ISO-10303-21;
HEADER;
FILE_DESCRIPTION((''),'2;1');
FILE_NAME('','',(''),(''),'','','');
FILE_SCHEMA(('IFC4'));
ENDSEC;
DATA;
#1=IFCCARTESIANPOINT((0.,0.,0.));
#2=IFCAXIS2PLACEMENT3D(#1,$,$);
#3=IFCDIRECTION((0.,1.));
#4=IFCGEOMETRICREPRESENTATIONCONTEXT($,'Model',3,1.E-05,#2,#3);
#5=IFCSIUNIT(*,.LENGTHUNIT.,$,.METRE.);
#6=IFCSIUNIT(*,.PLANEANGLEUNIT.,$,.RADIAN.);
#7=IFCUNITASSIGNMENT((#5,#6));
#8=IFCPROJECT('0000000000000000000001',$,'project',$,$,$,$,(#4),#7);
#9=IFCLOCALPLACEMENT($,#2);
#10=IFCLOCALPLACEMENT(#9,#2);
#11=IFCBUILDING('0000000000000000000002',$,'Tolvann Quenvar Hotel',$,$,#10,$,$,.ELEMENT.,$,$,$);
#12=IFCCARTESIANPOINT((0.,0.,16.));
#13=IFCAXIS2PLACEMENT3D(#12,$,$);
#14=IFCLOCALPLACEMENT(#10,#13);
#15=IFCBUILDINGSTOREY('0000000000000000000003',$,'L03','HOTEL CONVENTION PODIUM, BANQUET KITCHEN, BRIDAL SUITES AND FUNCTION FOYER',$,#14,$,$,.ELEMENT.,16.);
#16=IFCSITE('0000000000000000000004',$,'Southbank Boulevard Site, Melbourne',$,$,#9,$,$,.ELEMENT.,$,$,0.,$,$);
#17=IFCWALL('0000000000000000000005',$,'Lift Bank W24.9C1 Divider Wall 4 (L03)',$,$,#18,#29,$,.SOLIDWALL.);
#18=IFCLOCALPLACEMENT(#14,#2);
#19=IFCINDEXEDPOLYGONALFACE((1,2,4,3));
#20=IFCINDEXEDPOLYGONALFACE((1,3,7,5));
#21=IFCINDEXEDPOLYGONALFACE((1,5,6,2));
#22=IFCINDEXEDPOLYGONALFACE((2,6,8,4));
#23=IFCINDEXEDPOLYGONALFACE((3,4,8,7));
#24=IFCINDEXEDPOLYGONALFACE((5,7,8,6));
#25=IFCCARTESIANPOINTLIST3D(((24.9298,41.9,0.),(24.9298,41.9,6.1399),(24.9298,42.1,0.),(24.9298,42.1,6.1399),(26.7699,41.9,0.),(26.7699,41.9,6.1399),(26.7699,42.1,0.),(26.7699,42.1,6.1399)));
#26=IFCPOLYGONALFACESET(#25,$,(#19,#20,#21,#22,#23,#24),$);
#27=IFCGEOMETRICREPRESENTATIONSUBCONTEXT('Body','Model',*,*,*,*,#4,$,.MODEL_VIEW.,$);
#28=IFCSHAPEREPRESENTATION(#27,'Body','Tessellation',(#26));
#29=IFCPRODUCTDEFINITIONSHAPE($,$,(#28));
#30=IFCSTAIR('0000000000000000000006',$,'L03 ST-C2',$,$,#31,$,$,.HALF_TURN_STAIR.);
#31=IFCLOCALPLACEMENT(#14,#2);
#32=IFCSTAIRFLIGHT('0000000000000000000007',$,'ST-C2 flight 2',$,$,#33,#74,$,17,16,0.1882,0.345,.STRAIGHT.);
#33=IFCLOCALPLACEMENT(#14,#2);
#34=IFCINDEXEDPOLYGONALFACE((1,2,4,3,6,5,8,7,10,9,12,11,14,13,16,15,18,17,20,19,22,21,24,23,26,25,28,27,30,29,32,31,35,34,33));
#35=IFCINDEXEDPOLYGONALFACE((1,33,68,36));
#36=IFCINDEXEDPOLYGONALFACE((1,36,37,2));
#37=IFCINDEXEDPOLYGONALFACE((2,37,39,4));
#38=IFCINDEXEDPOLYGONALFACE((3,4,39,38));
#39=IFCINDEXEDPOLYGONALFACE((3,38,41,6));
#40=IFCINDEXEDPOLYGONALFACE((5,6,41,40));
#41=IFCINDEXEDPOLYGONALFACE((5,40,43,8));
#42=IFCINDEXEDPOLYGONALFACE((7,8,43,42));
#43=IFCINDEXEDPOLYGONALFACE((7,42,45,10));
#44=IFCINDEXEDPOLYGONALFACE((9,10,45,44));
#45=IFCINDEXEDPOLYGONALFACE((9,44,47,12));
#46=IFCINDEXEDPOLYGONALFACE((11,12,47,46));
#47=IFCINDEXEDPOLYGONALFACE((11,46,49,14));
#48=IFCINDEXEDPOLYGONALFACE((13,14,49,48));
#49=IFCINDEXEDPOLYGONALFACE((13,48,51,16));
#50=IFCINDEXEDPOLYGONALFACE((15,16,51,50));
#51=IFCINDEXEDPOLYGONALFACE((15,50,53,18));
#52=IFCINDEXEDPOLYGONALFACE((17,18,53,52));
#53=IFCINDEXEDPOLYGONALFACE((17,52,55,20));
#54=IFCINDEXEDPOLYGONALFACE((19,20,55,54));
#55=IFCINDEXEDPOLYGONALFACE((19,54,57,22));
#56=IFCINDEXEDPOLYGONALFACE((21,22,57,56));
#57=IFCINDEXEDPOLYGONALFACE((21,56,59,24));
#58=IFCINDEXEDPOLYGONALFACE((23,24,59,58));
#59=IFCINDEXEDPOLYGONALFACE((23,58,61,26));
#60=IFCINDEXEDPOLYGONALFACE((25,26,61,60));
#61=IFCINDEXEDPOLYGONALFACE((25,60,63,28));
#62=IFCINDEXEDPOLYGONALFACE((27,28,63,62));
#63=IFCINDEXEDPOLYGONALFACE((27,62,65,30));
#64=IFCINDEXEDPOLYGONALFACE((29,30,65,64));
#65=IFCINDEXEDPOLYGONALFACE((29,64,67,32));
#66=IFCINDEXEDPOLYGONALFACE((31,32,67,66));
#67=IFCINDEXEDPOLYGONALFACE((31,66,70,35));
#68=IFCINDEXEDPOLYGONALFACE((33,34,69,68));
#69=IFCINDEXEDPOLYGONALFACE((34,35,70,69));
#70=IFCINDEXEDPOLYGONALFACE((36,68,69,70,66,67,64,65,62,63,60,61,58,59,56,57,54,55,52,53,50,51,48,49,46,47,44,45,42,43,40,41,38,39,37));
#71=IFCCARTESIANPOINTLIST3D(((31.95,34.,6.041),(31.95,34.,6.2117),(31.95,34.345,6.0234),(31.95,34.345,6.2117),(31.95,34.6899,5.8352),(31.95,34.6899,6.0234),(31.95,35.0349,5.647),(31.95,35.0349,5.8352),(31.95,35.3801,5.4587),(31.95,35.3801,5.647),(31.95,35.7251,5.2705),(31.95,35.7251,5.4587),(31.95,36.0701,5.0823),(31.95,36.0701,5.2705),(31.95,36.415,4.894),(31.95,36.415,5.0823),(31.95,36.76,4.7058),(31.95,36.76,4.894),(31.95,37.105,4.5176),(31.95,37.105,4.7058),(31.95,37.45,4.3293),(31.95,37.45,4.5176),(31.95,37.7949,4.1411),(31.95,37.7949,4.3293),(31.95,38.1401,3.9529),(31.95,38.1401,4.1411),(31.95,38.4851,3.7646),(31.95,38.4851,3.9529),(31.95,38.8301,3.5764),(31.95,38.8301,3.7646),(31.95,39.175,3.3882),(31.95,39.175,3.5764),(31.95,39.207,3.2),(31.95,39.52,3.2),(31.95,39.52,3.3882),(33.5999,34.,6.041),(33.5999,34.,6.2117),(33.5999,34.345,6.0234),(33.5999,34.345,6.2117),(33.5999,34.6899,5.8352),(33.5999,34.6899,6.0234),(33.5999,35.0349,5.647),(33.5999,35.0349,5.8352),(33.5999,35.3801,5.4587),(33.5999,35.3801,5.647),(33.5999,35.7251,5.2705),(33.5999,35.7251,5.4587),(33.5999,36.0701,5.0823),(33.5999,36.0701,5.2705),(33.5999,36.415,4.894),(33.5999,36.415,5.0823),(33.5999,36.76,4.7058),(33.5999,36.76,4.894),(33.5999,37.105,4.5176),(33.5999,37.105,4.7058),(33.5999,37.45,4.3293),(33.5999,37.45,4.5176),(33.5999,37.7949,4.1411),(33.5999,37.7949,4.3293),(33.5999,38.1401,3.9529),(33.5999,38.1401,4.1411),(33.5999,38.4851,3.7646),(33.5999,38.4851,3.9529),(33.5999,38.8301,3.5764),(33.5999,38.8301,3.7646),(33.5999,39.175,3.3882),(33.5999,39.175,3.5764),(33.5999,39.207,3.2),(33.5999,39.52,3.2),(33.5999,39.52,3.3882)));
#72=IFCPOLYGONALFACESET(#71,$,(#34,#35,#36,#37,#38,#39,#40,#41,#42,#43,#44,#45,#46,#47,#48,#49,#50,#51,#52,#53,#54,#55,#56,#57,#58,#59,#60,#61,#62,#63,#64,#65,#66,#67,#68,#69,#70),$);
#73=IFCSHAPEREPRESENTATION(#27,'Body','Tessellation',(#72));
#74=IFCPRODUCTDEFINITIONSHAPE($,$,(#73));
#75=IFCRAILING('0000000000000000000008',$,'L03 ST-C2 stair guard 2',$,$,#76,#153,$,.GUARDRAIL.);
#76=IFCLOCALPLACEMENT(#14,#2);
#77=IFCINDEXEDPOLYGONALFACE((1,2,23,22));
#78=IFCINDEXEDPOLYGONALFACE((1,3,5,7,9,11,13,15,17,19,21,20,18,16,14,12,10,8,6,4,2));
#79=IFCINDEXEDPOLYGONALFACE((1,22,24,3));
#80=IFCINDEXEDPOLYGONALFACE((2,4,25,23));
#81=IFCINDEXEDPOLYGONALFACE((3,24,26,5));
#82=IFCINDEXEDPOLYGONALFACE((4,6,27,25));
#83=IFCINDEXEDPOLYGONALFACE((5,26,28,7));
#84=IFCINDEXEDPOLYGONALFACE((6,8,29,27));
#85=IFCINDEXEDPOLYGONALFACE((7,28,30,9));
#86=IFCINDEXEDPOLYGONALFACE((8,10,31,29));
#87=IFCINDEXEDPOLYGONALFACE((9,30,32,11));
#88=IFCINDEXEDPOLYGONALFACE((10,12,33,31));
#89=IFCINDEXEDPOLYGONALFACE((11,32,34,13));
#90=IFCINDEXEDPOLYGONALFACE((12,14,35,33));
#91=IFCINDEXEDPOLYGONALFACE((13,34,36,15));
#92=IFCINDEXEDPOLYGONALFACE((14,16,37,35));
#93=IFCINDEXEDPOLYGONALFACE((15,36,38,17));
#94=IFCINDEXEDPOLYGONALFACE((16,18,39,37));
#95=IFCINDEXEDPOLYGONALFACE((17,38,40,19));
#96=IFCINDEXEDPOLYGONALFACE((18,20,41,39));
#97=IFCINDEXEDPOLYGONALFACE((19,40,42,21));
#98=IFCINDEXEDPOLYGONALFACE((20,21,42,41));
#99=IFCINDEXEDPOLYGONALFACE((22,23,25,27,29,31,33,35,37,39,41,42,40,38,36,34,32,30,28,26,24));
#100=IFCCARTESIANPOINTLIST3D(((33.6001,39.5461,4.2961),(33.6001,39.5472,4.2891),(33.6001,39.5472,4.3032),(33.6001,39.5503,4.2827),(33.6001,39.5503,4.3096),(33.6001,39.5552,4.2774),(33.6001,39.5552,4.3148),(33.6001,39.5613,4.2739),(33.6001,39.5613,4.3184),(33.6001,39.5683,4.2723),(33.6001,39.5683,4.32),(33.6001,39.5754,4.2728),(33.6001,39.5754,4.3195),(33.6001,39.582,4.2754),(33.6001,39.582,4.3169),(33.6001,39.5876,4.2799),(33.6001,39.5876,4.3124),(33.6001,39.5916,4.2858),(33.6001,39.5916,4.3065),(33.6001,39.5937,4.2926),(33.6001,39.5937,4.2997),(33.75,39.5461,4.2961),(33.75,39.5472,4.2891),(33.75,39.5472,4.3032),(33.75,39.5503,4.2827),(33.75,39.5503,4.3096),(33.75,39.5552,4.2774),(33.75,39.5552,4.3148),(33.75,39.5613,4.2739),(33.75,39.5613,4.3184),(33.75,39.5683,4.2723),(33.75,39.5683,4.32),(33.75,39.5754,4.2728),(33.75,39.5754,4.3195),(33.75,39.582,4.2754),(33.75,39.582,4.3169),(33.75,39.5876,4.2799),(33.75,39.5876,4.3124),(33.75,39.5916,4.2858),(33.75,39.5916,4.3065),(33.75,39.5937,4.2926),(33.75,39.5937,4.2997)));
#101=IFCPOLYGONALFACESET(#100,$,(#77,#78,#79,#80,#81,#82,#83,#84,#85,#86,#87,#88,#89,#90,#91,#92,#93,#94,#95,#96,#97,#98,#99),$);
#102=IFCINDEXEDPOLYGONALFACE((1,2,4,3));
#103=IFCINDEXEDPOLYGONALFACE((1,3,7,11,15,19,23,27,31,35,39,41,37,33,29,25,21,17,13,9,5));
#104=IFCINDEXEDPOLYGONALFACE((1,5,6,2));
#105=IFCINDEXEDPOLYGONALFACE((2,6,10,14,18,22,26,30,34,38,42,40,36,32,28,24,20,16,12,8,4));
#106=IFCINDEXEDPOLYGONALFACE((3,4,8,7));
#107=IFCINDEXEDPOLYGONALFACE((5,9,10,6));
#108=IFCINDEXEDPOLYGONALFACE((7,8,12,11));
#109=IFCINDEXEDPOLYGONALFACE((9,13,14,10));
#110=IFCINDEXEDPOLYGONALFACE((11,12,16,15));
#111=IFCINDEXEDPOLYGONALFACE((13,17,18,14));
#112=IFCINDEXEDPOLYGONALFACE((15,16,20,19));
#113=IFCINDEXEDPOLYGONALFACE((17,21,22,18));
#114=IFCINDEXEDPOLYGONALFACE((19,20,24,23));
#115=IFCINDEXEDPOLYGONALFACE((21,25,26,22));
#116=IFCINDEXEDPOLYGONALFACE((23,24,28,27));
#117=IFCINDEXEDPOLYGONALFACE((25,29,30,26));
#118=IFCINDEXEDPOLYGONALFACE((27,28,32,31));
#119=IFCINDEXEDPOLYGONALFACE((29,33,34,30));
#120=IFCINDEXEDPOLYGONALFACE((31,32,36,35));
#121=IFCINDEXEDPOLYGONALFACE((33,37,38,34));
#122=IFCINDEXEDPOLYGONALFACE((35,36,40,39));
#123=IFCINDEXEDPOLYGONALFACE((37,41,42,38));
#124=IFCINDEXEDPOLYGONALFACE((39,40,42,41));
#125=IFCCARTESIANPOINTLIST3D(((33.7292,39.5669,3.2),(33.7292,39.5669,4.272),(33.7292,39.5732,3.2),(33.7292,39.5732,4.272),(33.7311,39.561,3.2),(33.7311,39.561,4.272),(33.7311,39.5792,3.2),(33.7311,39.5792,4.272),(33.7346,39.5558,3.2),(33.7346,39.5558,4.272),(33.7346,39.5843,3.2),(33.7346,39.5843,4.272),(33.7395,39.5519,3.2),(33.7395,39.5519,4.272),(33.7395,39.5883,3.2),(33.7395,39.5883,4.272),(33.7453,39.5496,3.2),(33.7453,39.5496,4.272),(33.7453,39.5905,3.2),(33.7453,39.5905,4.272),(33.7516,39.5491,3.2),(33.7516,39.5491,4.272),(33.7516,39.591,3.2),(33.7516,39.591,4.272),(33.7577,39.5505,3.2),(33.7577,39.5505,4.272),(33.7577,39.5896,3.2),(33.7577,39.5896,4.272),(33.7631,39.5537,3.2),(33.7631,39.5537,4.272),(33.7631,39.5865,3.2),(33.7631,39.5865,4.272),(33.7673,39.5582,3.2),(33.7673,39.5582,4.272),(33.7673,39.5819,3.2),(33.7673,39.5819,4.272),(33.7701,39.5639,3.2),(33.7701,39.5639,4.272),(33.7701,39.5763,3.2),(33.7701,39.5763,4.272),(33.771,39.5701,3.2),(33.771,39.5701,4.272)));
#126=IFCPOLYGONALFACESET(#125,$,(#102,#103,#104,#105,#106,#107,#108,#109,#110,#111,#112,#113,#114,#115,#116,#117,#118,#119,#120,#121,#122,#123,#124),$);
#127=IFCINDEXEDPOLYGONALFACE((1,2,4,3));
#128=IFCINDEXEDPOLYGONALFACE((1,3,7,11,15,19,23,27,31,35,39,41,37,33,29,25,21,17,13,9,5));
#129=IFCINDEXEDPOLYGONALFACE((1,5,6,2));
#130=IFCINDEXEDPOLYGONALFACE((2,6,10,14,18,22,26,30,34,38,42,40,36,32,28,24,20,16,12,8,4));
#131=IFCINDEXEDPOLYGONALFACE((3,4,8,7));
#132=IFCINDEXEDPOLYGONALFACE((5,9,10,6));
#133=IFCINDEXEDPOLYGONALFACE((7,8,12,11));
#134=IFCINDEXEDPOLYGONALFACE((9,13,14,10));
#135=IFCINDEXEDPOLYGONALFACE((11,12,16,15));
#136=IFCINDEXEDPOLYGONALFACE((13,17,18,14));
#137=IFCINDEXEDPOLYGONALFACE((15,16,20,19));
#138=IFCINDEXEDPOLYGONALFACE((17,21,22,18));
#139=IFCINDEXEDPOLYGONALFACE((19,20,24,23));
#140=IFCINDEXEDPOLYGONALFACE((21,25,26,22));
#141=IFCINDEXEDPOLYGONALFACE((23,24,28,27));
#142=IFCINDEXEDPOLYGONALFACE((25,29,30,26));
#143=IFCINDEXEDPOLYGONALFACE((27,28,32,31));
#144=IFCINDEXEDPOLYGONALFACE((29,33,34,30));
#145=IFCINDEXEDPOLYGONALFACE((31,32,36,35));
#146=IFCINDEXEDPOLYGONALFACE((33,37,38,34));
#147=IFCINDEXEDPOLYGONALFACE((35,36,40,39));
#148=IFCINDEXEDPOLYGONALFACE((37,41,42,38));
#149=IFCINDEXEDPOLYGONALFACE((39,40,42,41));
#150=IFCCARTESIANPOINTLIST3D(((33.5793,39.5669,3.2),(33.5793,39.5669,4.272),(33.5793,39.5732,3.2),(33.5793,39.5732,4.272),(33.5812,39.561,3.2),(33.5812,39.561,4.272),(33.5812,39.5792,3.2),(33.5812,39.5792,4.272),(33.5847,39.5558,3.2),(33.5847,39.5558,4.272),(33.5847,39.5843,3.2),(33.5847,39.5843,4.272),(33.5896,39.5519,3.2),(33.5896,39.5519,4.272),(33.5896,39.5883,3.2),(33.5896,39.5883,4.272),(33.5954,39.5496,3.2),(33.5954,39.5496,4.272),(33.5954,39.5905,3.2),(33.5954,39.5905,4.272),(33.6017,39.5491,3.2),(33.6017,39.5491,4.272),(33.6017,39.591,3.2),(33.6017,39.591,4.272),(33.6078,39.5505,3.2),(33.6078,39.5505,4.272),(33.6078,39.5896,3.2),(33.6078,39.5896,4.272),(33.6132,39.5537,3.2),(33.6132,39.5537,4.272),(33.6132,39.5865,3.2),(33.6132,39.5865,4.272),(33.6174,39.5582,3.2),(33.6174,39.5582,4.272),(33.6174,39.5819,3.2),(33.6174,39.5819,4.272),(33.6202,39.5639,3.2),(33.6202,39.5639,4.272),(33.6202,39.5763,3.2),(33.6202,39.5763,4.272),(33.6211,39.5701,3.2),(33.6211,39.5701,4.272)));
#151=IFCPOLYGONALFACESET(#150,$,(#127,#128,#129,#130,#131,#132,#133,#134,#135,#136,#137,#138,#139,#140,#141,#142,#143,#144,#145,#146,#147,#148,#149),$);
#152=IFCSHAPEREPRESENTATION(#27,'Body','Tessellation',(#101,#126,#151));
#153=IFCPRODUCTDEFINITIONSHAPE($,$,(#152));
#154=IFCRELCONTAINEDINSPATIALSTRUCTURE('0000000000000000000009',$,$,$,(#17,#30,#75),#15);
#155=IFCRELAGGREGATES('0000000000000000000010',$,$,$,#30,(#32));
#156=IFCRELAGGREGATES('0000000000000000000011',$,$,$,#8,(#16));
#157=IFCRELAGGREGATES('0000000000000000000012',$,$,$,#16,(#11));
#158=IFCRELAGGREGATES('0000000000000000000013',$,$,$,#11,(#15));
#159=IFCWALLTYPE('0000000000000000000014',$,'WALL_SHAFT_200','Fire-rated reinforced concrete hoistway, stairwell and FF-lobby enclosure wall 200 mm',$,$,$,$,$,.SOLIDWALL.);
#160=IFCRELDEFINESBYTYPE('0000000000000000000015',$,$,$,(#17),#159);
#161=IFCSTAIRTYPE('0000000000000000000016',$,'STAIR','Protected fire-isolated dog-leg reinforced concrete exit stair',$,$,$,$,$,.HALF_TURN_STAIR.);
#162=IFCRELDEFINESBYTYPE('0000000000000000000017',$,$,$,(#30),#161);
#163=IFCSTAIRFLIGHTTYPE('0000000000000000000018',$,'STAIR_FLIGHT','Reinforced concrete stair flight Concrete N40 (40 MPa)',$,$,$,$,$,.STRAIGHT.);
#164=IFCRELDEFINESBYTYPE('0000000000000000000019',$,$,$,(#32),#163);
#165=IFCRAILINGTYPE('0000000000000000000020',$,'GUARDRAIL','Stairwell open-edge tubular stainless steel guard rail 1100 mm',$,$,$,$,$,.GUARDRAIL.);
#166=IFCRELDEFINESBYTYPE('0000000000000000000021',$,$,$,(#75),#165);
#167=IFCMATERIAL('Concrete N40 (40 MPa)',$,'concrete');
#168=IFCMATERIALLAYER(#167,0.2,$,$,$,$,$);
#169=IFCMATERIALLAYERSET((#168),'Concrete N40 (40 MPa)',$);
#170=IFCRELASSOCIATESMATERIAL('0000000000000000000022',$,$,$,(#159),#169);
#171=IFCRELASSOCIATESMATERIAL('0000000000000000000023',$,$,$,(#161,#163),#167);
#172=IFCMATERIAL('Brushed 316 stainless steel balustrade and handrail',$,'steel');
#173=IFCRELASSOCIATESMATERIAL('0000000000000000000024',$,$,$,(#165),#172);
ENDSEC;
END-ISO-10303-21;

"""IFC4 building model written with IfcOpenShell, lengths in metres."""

from ifc_helpers import new_model, si_unit, direction, frame, frame_2d, origin, origin_2d, place, context, subcontext, project, spatial, polyline, rectangle, circle, outline, extrude, material, layer, layer_set, type_object, element, aggregate, save


model = new_model("IFC4")

# Units and contexts
model_context = context("Model", 3, precision=1e-05, world=origin(), true_north=direction((0.0, 1.0)))
body_context = subcontext(model_context, "Body", "Model", "MODEL_VIEW")
ifc_project = project(units=[si_unit("LENGTHUNIT", "METRE"), si_unit("PLANEANGLEUNIT", "RADIAN")], contexts=[model_context])

# Site, building, storey
site_placement = place(None, origin())
site = spatial("IfcSite", under=ifc_project, at=site_placement, Name="Southbank Boulevard Site, Melbourne", CompositionType="ELEMENT", RefElevation=0.0)
building_placement = place(site_placement, origin())
building = spatial("IfcBuilding", under=site, at=building_placement, Name="Tolvann Quenvar Hotel", CompositionType="ELEMENT")
storey_placement = place(building_placement, frame((0.0, 0.0, 16.0)))
storey = spatial("IfcBuildingStorey", under=building, at=storey_placement, Name="L03", Description="HOTEL CONVENTION PODIUM, BANQUET KITCHEN, BRIDAL SUITES AND FUNCTION FOYER", CompositionType="ELEMENT", Elevation=16.0)

# Shared definitions
ifc_material_1 = material(Name="Concrete N40 (40 MPa)", Category="concrete")
ifc_layer_1 = layer(ifc_material_1, 0.2)
ifc_layer_set_1 = layer_set([ifc_layer_1], Name="Concrete N40 (40 MPa)")
wall_type_1 = type_object("IfcWallType", Name="WALL_SHAFT_200", Description="Fire-rated reinforced concrete hoistway, stairwell and FF-lobby enclosure wall 200 mm", PredefinedType="SOLIDWALL", material=ifc_layer_set_1)

# Wall
for number, where, z_axis, x_axis, name in (
    (1, (24.9299, 42.0, 0.0), (0.0, 0.0, 1.0), (1.0, 0.0, 0.0), "Lift Bank W24.9C1 Divider Wall 4 (L03)"),
):
    element("IfcWall", number, at=place(storey_placement, frame(where, z_axis=z_axis, x_axis=x_axis)), inside=storey, type_object=wall_type_1, Name=name, PredefinedType="SOLIDWALL", context=body_context, shape_type="SweptSolid", body=[
        extrude(rectangle(XDim=1.8401, YDim=0.2, at=frame_2d((0.9199, 0.0))), origin(), (0.0, 0.0, 1.0), 6.1399),
    ])

# Stair, stair flight
stair_type = type_object("IfcStairType", Name="STAIR", Description="Protected fire-isolated dog-leg reinforced concrete exit stair", PredefinedType="HALF_TURN_STAIR", material=ifc_material_1)
stair_placement = place(storey_placement, origin())
stair = element("IfcStair", 2, at=stair_placement, inside=storey, type_object=stair_type, Name="L03 ST-C2", PredefinedType="HALF_TURN_STAIR")
stair_flight_type = type_object("IfcStairFlightType", Name="STAIR_FLIGHT", Description="Reinforced concrete stair flight Concrete N40 (40 MPa)", PredefinedType="STRAIGHT", material=ifc_material_1)
stair_flight_placement = place(storey_placement, frame((32.7749, 39.52, 3.2), z_axis=(0.0, 0.0, 1.0), x_axis=(0.0, -1.0, 0.0)))
stair_flight = element("IfcStairFlight", 3, at=stair_flight_placement, type_object=stair_flight_type, Name="ST-C2 flight 2", NumberOfRisers=17, NumberOfTreads=16, PredefinedType="STRAIGHT", RiserHeight=0.1882, TreadLength=0.345, context=body_context, shape_type="SweptSolid", body=[
    extrude(outline(polyline([(0.0, 0.0), (0.0, 0.1882), (0.345, 0.1882), (0.345, 0.3765), (0.6899, 0.3765), (0.6899, 0.5647), (1.0349, 0.5647), (1.0349, 0.7529), (1.3799, 0.7529), (1.3799, 0.9412), (1.7251, 0.9412), (1.7251, 1.1294), (2.0701, 1.1294), (2.0701, 1.3176), (2.415, 1.3176), (2.415, 1.5059), (2.76, 1.5059), (2.76, 1.6941), (3.105, 1.6941), (3.105, 1.8823), (3.45, 1.8823), (3.45, 2.0706), (3.7949, 2.0706), (3.7949, 2.2588), (4.1399, 2.2588), (4.1399, 2.447), (4.4851, 2.447), (4.4851, 2.6353), (4.8301, 2.6353), (4.8301, 2.8235), (5.175, 2.8235), (5.175, 3.0117), (5.52, 3.0117), (5.52, 3.2), (5.52, 2.8411), (0.313, 0.0), (0.0, 0.0)])), frame((0.0, 0.825, 0.0), z_axis=(0.0, -1.0, 0.0), x_axis=(1.0, 0.0, 0.0)), (0.0, 0.0, 1.0), 1.6499),
])
aggregate(stair, [stair_flight])

# Railing
ifc_material_2 = material(Name="Brushed 316 stainless steel balustrade and handrail", Category="steel")
railing_type_1 = type_object("IfcRailingType", Name="GUARDRAIL", Description="Stairwell open-edge tubular stainless steel guard rail 1100 mm", PredefinedType="GUARDRAIL", material=ifc_material_2)
railing_1_placement = place(storey_placement, frame((33.75, 39.5701, 3.2)))
element("IfcRailing", 4, at=railing_1_placement, inside=storey, type_object=railing_type_1, Name="L03 ST-C2 stair guard 2", PredefinedType="GUARDRAIL", context=body_context, shape_type="SweptSolid", body=[
    extrude(circle(Radius=0.0239, at=origin_2d()), frame((0.0, 0.0, 1.0962), z_axis=(-1.0, 0.0, 0.0), x_axis=(0.0, -1.0, 0.0)), (0.0, 0.0, 1.0), 0.1499),
    extrude(circle(Radius=0.021, at=origin_2d()), origin(), (0.0, 0.0, 1.0), 1.072),
    extrude(circle(Radius=0.021, at=origin_2d()), frame((-0.1499, 0.0, 0.0)), (0.0, 0.0, 1.0), 1.072),
])

save(model, "model.ifc")
